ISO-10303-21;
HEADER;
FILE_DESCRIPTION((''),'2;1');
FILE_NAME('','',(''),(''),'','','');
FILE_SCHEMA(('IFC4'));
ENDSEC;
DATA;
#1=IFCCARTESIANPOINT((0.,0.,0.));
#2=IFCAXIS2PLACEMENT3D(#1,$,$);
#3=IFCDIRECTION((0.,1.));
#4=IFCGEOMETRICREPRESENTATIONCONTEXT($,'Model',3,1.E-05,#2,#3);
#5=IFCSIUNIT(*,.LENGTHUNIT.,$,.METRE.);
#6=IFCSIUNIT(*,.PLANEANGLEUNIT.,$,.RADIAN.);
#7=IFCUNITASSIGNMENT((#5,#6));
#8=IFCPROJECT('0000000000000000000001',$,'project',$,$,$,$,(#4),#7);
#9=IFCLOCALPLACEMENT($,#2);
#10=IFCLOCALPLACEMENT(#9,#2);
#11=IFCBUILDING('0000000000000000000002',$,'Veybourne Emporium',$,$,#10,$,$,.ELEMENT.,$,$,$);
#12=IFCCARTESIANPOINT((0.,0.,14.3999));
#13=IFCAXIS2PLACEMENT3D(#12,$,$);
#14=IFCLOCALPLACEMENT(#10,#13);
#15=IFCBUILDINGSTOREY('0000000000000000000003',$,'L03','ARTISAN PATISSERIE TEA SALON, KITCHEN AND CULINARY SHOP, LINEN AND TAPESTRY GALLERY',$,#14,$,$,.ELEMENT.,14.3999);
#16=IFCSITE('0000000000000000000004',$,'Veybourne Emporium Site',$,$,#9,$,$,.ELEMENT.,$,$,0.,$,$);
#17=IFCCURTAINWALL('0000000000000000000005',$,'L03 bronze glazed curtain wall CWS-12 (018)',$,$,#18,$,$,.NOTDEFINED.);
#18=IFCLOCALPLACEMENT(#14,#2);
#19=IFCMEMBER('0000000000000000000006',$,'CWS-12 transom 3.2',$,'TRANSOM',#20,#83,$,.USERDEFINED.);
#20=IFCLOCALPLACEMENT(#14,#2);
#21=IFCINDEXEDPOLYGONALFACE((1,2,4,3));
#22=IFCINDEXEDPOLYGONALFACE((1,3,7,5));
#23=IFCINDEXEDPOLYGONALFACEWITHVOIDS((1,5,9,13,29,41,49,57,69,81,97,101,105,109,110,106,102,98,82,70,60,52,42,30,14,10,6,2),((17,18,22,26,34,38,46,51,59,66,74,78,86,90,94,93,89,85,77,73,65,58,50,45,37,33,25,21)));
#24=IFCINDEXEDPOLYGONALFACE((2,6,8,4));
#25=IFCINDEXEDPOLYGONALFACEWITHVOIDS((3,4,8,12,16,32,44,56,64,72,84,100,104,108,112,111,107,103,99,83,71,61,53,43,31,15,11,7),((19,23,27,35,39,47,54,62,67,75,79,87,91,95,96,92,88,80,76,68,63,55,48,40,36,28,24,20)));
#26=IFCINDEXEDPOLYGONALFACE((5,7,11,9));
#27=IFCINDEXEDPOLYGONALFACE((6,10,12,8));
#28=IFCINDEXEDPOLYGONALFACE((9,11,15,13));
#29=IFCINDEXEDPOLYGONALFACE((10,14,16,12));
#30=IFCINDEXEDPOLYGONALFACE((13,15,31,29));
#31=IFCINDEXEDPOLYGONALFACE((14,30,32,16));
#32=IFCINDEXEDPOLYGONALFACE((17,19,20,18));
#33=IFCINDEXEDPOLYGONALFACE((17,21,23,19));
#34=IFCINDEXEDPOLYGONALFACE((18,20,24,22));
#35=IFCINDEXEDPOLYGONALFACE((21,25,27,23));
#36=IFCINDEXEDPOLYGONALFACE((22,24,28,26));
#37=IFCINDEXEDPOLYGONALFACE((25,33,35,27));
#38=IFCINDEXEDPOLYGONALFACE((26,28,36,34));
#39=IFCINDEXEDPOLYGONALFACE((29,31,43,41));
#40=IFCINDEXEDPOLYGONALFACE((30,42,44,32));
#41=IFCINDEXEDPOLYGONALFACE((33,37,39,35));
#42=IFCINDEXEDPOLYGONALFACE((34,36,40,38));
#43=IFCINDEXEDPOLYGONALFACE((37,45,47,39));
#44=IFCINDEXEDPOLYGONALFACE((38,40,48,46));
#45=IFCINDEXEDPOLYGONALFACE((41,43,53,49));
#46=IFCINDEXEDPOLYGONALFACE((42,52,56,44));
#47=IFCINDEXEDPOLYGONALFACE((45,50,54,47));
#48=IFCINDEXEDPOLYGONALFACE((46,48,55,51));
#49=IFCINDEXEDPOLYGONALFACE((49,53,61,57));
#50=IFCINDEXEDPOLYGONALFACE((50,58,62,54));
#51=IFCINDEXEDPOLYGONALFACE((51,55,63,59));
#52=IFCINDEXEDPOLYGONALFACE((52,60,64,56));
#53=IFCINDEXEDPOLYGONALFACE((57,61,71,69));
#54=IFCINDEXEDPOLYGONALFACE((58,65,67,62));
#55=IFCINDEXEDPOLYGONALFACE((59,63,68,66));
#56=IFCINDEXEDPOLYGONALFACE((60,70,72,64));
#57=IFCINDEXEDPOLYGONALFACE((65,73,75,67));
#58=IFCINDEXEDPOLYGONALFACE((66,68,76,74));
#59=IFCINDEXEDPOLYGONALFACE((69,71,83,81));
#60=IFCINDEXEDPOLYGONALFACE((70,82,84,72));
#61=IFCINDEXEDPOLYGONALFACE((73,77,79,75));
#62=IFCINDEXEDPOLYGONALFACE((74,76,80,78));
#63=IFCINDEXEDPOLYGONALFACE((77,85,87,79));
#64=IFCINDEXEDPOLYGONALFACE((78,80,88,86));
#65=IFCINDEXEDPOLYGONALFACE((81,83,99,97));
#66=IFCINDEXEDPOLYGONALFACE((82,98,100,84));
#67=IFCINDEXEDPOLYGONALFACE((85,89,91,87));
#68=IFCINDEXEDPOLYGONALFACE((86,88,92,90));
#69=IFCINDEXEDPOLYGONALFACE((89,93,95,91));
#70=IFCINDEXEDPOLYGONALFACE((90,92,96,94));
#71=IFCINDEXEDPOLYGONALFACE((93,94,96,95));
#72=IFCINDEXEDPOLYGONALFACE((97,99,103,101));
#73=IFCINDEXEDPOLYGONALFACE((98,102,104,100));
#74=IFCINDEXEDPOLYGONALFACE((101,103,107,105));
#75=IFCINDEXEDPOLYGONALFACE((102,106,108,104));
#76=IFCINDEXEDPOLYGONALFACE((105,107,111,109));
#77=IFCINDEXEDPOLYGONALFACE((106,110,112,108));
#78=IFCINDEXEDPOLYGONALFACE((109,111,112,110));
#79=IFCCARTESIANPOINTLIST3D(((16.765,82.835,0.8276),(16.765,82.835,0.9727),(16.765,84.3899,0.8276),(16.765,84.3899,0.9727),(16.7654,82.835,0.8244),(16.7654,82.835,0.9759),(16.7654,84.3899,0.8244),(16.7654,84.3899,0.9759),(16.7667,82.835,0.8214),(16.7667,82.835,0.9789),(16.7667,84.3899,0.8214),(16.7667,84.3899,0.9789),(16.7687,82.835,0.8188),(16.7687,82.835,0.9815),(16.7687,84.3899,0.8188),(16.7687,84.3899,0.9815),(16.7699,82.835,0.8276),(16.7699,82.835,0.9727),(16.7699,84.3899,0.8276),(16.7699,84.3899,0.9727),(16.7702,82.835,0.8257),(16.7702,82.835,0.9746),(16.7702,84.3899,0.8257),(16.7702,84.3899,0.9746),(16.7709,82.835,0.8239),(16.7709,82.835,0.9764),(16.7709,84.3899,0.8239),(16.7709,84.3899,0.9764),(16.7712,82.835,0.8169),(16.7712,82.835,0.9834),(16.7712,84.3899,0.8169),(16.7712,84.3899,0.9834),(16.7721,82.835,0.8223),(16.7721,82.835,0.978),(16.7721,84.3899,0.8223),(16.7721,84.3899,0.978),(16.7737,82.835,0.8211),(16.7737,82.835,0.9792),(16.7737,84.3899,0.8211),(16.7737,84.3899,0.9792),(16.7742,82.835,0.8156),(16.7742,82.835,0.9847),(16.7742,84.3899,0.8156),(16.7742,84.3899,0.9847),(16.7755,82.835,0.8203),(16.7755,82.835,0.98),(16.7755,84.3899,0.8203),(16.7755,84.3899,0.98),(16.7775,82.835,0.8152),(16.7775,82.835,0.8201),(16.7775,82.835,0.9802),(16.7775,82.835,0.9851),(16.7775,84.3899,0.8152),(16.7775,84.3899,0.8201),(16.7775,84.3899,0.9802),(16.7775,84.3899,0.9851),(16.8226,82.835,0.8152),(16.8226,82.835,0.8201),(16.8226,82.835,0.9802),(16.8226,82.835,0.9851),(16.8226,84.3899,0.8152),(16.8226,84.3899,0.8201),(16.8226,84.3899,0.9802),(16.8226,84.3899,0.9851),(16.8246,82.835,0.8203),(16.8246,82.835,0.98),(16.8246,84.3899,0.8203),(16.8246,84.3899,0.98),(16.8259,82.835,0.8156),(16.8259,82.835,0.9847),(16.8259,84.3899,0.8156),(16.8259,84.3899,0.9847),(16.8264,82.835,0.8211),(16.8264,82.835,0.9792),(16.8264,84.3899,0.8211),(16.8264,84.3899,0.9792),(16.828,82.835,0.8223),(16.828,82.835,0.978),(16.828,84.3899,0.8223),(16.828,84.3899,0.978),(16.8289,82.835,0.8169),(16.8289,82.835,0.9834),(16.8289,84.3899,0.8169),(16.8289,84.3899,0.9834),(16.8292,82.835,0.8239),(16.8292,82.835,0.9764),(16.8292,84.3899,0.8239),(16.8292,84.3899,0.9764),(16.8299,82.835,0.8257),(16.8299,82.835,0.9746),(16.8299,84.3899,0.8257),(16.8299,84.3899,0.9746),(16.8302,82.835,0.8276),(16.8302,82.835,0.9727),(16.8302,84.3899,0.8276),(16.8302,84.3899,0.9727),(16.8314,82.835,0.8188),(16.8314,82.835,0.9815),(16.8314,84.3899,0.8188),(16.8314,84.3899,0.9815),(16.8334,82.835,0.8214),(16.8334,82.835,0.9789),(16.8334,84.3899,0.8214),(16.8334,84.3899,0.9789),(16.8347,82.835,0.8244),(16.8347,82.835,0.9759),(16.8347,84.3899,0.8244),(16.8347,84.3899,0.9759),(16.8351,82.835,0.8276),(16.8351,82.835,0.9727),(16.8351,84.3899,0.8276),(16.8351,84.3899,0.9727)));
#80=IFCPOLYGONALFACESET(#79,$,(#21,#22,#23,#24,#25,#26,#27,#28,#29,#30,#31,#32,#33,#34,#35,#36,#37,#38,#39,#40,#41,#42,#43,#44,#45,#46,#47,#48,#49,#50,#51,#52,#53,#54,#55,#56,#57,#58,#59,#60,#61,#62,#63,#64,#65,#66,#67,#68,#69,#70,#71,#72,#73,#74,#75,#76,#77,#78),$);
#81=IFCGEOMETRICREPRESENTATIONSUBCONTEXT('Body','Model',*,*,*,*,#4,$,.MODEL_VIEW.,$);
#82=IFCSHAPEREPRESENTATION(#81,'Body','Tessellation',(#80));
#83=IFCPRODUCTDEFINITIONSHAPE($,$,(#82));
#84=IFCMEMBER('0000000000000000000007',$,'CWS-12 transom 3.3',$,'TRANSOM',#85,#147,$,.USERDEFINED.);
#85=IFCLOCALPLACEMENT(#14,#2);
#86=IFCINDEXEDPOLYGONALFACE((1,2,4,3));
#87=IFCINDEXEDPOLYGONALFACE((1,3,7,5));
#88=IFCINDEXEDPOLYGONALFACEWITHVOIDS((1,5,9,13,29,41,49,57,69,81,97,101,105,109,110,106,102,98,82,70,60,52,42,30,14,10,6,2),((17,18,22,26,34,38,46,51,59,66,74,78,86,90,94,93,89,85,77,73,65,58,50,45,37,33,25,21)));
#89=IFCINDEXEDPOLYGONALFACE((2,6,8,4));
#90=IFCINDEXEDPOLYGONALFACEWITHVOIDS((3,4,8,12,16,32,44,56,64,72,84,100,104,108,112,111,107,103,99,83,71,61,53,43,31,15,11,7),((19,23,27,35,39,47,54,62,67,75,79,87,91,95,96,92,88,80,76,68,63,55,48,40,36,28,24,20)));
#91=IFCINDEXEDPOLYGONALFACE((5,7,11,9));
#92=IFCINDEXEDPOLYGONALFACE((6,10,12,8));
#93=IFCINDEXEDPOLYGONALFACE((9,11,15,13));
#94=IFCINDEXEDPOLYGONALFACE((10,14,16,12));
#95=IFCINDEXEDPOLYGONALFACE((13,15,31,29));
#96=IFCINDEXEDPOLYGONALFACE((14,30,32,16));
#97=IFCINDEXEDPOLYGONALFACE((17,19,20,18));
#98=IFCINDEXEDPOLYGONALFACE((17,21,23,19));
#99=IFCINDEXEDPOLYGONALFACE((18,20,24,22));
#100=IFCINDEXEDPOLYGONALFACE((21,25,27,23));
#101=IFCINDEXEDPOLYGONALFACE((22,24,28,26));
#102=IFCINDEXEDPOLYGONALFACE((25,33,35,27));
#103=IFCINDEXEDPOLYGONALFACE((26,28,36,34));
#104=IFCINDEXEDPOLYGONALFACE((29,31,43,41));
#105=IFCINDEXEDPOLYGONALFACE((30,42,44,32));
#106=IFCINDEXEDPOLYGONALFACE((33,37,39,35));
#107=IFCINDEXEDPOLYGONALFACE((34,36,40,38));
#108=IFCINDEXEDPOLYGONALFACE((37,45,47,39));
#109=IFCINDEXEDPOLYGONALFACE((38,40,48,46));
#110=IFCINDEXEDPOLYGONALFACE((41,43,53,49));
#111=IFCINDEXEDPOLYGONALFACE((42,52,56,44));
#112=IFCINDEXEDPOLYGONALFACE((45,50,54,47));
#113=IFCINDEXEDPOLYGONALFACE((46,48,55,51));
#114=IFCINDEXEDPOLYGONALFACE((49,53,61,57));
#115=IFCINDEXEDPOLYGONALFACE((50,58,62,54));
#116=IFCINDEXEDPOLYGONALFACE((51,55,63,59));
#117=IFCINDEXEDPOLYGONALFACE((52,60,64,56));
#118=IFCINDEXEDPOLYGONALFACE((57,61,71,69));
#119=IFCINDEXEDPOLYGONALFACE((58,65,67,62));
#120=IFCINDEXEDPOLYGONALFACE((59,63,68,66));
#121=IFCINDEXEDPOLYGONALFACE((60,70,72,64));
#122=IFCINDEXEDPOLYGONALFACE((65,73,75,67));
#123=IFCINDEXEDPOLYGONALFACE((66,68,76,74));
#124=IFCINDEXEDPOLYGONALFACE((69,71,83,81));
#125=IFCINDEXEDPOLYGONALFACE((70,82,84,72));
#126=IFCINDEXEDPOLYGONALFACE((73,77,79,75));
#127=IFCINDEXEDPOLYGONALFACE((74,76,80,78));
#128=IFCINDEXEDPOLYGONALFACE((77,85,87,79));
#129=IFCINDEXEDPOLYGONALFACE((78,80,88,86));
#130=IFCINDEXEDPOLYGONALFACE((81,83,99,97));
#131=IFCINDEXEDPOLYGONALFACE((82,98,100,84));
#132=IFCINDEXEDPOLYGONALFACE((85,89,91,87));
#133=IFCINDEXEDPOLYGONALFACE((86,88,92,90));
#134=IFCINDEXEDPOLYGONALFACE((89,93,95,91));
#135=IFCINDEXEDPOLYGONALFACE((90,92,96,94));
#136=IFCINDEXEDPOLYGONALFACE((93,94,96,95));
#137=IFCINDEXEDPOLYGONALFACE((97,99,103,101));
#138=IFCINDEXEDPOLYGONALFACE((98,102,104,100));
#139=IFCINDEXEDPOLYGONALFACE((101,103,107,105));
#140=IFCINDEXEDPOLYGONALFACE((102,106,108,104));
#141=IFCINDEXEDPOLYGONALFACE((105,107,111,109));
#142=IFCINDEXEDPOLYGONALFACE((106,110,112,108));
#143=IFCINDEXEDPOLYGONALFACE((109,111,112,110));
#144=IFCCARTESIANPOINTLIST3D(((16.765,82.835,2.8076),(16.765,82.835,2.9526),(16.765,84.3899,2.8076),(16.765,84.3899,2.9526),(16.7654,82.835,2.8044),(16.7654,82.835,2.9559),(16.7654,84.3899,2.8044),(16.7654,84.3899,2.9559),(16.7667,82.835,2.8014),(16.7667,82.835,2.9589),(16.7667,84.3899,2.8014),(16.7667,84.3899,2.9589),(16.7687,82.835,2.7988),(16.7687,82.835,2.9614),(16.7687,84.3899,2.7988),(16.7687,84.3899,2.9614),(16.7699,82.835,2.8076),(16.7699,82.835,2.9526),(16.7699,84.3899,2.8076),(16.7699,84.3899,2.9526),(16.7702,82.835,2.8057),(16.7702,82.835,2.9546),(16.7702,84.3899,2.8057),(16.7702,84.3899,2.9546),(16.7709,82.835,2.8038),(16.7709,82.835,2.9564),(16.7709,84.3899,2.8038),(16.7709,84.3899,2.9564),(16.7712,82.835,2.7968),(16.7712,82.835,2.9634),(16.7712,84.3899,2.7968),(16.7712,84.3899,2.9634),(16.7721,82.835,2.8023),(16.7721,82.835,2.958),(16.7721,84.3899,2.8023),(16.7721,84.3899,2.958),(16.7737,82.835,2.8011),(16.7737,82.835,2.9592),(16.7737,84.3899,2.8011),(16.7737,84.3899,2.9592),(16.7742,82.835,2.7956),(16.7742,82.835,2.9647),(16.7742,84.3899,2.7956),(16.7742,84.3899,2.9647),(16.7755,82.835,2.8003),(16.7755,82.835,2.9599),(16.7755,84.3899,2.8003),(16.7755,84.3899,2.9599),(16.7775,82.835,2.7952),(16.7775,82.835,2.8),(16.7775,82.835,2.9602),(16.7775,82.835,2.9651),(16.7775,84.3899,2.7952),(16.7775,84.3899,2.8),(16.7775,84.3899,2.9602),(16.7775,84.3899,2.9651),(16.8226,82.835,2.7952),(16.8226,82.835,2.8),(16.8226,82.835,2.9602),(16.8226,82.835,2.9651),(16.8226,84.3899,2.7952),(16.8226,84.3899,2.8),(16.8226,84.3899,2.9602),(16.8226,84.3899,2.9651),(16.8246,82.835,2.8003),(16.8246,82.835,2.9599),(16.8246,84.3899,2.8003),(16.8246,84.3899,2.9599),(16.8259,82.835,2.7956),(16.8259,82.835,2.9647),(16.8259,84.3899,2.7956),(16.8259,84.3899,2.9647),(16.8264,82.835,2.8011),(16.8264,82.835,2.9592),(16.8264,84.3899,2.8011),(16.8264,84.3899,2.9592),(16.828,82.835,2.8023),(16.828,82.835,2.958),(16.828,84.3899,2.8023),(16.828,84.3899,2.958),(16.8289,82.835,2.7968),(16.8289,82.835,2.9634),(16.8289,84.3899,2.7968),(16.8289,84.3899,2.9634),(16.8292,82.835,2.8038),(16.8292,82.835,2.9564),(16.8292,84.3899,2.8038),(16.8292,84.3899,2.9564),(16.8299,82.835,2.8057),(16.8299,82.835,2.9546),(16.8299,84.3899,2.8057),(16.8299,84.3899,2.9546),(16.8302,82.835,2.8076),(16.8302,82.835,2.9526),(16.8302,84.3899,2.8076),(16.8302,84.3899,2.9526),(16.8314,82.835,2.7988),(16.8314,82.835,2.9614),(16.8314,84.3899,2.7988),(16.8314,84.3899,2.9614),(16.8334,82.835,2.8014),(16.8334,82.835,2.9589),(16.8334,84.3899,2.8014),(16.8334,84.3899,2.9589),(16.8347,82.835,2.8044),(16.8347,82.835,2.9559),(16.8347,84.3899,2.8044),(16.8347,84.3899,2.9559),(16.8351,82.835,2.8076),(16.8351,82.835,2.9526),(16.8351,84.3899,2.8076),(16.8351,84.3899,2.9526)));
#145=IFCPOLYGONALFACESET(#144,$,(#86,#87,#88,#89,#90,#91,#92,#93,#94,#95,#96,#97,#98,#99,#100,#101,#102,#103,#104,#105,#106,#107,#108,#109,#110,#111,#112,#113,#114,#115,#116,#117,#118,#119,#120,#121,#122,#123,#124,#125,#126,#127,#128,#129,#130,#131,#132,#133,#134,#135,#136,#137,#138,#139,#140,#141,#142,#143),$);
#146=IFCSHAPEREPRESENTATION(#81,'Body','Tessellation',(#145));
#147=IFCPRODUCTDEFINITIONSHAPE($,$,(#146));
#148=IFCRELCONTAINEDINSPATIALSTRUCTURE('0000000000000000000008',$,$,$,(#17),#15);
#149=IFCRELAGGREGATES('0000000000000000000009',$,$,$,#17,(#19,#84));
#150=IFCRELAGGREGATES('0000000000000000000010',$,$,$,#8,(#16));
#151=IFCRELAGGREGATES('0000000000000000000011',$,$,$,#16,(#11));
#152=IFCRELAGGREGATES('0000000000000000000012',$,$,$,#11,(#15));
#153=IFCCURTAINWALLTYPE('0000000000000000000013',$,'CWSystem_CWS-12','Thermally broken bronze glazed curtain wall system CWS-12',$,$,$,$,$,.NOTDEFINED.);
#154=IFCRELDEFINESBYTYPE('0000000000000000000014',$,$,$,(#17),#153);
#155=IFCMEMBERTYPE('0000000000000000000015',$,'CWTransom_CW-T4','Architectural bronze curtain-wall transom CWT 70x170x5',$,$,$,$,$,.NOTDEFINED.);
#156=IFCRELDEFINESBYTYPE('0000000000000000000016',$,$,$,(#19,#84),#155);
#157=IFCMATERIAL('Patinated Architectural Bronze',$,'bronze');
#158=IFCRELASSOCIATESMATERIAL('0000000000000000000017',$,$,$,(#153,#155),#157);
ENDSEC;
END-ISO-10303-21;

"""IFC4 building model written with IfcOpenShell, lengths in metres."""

from ifc_helpers import new_model, si_unit, direction, frame, origin, origin_2d, place, context, subcontext, project, spatial, hollow_rectangle, extrude, material, material_profile, profile_set, type_object, element, aggregate, save


model = new_model("IFC4")

# Units and contexts
model_context = context("Model", 3, precision=1e-05, world=origin(), true_north=direction((0.0, 1.0)))
body_context = subcontext(model_context, "Body", "Model", "MODEL_VIEW")
ifc_project = project(units=[si_unit("LENGTHUNIT", "METRE"), si_unit("PLANEANGLEUNIT", "RADIAN")], contexts=[model_context])

# Site, building, storey
site_placement = place(None, origin())
site = spatial("IfcSite", under=ifc_project, at=site_placement, Name="Veybourne Emporium Site", CompositionType="ELEMENT", RefElevation=0.0)
building_placement = place(site_placement, origin())
building = spatial("IfcBuilding", under=site, at=building_placement, Name="Veybourne Emporium", CompositionType="ELEMENT")
storey_placement = place(building_placement, frame((0.0, 0.0, 14.3999)))
storey = spatial("IfcBuildingStorey", under=building, at=storey_placement, Name="L03", Description="ARTISAN PATISSERIE TEA SALON, KITCHEN AND CULINARY SHOP, LINEN AND TAPESTRY GALLERY", CompositionType="ELEMENT", Elevation=14.3999)

# Curtain wall, members
ifc_material_1 = material(Name="Patinated Architectural Bronze", Category="bronze")
curtain_wall_type = type_object("IfcCurtainWallType", Name="CWSystem_CWS-12", Description="Thermally broken bronze glazed curtain wall system CWS-12", PredefinedType="NOTDEFINED", material=ifc_material_1)
curtain_wall_placement = place(storey_placement, origin())
curtain_wall = element("IfcCurtainWall", 1, at=curtain_wall_placement, inside=storey, type_object=curtain_wall_type, Name="L03 bronze glazed curtain wall CWS-12 (018)", PredefinedType="NOTDEFINED")
ifc_material_profile_1 = material_profile(ifc_material_1, hollow_rectangle(XDim=0.0701, YDim=0.1699, WallThickness=0.0049, InnerFilletRadius=0.0076, OuterFilletRadius=0.0125, at=origin_2d()), Name="CWT 70x170x5")
ifc_profile_set_1 = profile_set([ifc_material_profile_1], Name="Patinated Architectural Bronze")
member_type_1 = type_object("IfcMemberType", Name="CWTransom_CW-T4", Description="Architectural bronze curtain-wall transom CWT 70x170x5", PredefinedType="NOTDEFINED", material=ifc_profile_set_1)
member_1_placement = place(storey_placement, frame((16.8, 82.835, 0.9001), z_axis=(0.0, 1.0, 0.0), x_axis=(-1.0, 0.0, 0.0)))
member_1 = element("IfcMember", 2, at=member_1_placement, type_object=member_type_1, Name="CWS-12 transom 3.2", ObjectType="TRANSOM", PredefinedType="USERDEFINED", context=body_context, shape_type="SweptSolid", body=[
    extrude(hollow_rectangle(XDim=0.0701, YDim=0.1699, WallThickness=0.0049, InnerFilletRadius=0.0076, OuterFilletRadius=0.0125, at=origin_2d()), origin(), (0.0, 0.0, 1.0), 1.5549),
])
member_2_placement = place(storey_placement, frame((16.8, 82.835, 2.8801), z_axis=(0.0, 1.0, 0.0), x_axis=(-1.0, 0.0, 0.0)))
member_2 = element("IfcMember", 3, at=member_2_placement, type_object=member_type_1, Name="CWS-12 transom 3.3", ObjectType="TRANSOM", PredefinedType="USERDEFINED", context=body_context, shape_type="SweptSolid", body=[
    extrude(hollow_rectangle(XDim=0.0701, YDim=0.1699, WallThickness=0.0049, InnerFilletRadius=0.0076, OuterFilletRadius=0.0125, at=origin_2d()), origin(), (0.0, 0.0, 1.0), 1.5549),
])

aggregate(curtain_wall, [member_1, member_2])

save(model, "model.ifc")
